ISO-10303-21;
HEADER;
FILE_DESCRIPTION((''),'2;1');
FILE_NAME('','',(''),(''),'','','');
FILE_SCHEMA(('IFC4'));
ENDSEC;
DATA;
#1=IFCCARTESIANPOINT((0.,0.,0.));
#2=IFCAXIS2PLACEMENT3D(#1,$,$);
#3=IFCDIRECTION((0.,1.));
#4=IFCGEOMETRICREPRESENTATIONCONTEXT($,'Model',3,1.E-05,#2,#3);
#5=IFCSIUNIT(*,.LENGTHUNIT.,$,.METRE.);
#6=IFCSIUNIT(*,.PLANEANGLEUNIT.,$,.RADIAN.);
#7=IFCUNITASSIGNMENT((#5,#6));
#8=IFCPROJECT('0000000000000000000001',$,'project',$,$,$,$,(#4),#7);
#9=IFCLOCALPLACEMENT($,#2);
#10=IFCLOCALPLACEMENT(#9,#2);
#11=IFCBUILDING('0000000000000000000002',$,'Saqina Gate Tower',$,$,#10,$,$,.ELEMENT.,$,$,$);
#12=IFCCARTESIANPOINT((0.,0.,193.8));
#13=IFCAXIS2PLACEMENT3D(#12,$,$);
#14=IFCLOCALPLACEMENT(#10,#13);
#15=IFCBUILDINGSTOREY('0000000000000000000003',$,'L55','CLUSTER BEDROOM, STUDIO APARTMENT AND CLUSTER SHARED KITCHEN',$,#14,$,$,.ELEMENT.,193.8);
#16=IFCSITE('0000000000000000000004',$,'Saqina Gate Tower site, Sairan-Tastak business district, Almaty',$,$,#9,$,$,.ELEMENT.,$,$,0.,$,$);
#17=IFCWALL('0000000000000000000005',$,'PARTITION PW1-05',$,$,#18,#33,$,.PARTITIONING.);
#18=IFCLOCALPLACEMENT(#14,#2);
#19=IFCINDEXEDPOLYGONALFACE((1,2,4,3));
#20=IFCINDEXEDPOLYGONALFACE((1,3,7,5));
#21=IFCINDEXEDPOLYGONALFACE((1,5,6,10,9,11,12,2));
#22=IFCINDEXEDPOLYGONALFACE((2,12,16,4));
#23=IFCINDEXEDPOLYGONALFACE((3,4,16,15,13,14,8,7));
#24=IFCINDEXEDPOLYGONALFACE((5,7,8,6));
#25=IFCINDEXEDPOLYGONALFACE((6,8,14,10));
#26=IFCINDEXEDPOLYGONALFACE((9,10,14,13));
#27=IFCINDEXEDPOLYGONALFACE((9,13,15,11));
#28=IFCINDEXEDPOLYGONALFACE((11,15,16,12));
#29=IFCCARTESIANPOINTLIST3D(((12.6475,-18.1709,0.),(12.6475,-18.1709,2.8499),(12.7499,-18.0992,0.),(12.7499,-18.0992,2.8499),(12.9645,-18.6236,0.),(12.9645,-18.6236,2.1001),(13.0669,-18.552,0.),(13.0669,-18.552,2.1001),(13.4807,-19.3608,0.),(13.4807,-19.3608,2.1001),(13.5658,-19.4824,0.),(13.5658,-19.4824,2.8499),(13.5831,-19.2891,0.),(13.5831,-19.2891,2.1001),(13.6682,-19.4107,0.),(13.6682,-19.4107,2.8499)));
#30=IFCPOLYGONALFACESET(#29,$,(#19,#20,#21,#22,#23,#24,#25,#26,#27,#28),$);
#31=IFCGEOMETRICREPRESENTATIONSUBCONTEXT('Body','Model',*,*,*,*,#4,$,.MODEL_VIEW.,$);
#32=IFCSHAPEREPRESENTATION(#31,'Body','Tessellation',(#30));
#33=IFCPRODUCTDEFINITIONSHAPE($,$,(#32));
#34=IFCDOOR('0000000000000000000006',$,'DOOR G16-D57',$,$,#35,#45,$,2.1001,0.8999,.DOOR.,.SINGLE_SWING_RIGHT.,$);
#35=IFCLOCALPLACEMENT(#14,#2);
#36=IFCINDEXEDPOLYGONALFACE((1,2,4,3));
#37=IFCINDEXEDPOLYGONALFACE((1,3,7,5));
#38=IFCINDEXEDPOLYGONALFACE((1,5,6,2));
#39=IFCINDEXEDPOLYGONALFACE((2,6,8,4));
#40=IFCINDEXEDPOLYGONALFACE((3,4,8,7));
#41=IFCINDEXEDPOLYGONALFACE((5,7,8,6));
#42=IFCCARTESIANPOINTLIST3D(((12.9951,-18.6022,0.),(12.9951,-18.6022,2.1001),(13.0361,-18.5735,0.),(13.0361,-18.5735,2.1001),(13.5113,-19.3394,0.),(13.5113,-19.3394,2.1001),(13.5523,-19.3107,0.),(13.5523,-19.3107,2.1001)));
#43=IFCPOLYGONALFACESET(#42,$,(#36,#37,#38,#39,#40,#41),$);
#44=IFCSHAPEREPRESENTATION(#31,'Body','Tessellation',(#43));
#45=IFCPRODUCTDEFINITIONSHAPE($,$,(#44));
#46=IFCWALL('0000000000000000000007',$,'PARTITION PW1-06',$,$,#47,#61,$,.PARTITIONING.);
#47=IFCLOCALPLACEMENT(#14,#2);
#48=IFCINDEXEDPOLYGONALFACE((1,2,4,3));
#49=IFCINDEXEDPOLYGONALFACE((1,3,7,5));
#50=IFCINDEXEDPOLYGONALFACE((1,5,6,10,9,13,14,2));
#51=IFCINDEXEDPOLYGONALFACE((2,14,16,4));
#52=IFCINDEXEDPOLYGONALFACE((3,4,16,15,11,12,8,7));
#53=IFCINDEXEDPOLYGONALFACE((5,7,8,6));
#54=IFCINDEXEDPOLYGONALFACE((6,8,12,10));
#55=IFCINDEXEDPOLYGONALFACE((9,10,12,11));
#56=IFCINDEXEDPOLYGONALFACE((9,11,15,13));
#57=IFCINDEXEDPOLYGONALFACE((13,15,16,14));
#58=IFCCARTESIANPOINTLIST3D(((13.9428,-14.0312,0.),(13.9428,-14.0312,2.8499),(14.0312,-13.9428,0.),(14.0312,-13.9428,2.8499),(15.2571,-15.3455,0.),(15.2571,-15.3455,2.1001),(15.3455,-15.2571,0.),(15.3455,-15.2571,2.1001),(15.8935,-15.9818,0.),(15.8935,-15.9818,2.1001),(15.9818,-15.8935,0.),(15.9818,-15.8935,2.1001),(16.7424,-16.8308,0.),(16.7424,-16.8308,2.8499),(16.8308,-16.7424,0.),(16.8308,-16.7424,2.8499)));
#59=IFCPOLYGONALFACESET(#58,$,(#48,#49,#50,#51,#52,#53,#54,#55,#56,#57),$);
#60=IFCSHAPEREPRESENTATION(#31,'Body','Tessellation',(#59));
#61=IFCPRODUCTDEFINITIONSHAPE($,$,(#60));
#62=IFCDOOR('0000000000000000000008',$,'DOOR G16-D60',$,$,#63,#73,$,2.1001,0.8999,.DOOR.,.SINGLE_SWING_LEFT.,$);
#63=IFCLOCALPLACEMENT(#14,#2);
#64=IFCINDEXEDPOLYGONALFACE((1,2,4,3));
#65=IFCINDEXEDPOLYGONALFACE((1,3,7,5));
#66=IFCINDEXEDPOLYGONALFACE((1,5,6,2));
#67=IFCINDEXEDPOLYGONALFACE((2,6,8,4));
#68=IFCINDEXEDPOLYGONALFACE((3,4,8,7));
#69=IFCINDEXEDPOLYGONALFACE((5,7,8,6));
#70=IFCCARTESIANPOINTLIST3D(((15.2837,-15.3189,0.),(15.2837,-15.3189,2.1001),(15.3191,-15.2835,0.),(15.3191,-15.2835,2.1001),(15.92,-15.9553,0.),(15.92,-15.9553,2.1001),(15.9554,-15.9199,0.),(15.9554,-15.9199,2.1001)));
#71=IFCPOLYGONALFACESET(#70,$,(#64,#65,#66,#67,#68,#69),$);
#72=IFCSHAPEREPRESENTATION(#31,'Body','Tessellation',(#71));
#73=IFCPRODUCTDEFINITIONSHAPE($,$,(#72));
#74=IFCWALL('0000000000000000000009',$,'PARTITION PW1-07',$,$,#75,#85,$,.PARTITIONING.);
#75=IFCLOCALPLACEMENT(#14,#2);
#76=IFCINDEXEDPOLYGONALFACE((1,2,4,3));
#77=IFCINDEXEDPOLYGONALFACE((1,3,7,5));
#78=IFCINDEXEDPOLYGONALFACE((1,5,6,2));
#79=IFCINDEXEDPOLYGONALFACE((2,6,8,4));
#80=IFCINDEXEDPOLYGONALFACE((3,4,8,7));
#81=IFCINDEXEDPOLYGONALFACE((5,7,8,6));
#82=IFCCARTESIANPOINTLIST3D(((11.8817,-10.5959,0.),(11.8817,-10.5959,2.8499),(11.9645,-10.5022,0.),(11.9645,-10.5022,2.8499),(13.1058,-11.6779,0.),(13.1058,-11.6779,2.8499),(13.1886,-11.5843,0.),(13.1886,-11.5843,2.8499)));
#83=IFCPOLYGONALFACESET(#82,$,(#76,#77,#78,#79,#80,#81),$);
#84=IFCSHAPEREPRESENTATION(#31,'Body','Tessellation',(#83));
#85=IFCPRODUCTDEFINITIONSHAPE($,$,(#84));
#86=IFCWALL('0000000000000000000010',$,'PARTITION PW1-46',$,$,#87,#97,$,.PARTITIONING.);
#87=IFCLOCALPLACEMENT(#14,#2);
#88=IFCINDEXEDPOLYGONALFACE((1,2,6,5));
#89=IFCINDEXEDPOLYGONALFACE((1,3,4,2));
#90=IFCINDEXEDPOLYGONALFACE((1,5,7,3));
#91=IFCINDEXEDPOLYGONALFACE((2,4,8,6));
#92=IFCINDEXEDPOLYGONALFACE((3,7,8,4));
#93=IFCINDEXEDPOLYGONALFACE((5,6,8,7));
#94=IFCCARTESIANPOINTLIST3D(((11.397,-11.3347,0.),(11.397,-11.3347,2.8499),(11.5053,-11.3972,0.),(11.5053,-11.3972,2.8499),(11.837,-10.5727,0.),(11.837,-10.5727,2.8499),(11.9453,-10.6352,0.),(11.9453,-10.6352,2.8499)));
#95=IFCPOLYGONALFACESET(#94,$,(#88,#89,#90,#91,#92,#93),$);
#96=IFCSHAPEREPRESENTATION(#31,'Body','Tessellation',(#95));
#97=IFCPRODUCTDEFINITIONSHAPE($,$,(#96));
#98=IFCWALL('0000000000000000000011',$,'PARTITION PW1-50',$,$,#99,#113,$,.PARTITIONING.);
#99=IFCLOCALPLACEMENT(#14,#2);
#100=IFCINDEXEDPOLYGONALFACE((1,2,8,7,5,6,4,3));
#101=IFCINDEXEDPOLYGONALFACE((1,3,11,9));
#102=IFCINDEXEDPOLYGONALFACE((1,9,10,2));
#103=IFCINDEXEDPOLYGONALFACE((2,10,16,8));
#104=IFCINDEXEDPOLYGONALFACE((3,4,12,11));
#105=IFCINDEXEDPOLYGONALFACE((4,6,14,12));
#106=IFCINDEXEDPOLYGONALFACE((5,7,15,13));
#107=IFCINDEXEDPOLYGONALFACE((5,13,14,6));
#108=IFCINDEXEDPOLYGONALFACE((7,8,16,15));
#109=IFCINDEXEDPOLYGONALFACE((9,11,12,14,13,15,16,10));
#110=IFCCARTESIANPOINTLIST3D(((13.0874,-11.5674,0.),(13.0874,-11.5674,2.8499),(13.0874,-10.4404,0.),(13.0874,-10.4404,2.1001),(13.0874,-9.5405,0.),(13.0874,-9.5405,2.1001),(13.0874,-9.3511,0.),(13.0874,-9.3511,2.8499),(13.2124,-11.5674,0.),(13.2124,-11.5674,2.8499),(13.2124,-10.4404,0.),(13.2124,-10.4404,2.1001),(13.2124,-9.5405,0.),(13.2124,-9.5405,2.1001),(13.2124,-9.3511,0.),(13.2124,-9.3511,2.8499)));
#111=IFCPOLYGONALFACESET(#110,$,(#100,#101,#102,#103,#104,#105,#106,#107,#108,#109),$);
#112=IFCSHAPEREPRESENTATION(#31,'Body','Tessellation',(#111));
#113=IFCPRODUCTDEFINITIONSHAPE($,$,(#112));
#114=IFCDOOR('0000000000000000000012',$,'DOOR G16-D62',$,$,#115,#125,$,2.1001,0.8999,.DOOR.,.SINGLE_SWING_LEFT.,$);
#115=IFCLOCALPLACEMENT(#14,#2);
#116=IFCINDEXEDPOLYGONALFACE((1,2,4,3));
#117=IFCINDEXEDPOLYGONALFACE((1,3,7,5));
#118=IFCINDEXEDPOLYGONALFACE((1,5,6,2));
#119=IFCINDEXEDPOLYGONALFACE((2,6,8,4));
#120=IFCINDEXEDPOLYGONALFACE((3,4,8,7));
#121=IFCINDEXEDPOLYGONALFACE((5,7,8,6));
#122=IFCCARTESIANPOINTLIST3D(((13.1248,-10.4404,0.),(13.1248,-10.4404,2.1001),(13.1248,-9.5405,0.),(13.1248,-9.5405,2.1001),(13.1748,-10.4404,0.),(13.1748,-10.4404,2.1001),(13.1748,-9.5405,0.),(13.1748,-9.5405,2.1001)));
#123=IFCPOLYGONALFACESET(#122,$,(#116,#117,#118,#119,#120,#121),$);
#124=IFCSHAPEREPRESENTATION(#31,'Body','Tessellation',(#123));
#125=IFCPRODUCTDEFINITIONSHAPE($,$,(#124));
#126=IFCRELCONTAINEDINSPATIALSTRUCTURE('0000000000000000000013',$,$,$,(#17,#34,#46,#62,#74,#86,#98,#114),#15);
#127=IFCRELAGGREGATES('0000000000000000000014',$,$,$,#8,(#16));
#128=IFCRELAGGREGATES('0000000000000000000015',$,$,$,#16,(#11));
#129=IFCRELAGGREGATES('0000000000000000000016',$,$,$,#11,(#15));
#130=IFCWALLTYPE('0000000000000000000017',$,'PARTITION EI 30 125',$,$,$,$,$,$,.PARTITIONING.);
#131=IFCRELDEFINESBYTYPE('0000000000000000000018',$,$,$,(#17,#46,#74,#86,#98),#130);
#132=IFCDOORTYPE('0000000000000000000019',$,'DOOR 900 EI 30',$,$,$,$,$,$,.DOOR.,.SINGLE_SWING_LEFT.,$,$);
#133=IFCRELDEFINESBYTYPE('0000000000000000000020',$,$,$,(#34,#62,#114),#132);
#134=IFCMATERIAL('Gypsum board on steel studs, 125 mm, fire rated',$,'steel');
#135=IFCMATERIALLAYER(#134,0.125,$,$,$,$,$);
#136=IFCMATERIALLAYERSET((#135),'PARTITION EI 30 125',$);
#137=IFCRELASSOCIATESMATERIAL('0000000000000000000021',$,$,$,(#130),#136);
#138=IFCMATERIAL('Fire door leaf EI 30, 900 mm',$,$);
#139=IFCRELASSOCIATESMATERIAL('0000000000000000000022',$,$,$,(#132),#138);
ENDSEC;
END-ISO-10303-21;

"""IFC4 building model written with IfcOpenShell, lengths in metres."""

from ifc_helpers import new_model, si_unit, direction, frame, frame_2d, origin, place, context, subcontext, project, spatial, rectangle, extrude, material, layer, layer_set, type_object, element, fill, save


model = new_model("IFC4")

# Units and contexts
model_context = context("Model", 3, precision=1e-05, world=origin(), true_north=direction((0.0, 1.0)))
body_context = subcontext(model_context, "Body", "Model", "MODEL_VIEW")
ifc_project = project(units=[si_unit("LENGTHUNIT", "METRE"), si_unit("PLANEANGLEUNIT", "RADIAN")], contexts=[model_context])

# Site, building, storey
site_placement = place(None, origin())
site = spatial("IfcSite", under=ifc_project, at=site_placement, Name="Saqina Gate Tower site, Sairan-Tastak business district, Almaty", CompositionType="ELEMENT", RefElevation=0.0)
building_placement = place(site_placement, origin())
building = spatial("IfcBuilding", under=site, at=building_placement, Name="Saqina Gate Tower", CompositionType="ELEMENT")
storey_placement = place(building_placement, frame((0.0, 0.0, 193.8)))
storey = spatial("IfcBuildingStorey", under=building, at=storey_placement, Name="L55", Description="CLUSTER BEDROOM, STUDIO APARTMENT AND CLUSTER SHARED KITCHEN", CompositionType="ELEMENT", Elevation=193.8)

# Walls, openings, doors
ifc_material_1 = material(Name="Gypsum board on steel studs, 125 mm, fire rated", Category="steel")
ifc_layer_1 = layer(ifc_material_1, 0.125)
ifc_layer_set_1 = layer_set([ifc_layer_1], Name="PARTITION EI 30 125")
wall_type_1 = type_object("IfcWallType", Name="PARTITION EI 30 125", PredefinedType="PARTITIONING", material=ifc_layer_set_1)
wall_1_placement = place(storey_placement, frame((12.6987, -18.135, 0.0), z_axis=(0.0, 0.0, 1.0), x_axis=(0.573524, -0.819189, 0.0)))
wall_1 = element("IfcWall", 1, at=wall_1_placement, inside=storey, type_object=wall_type_1, Name="PARTITION PW1-05", PredefinedType="PARTITIONING", context=body_context, shape_type="SweptSolid", body=[
    extrude(rectangle(XDim=1.6011, YDim=0.125, at=frame_2d((0.8005, 0.0))), origin(), (0.0, 0.0, 1.0), 2.8499),
])
opening_1_placement = place(wall_1_placement, frame((0.5527, 0.0, 0.0)))
opening_1 = element("IfcOpeningElement", 2, at=opening_1_placement, cuts=wall_1, PredefinedType="OPENING", context=body_context, shape_type="SweptSolid", body=[
    extrude(rectangle(XDim=0.8999, YDim=2.1001, at=frame_2d((0.45, 1.05))), frame((0.0, 0.0745, 0.0), z_axis=(0.0, -1.0, 0.0), x_axis=(1.0, 0.0, 0.0)), (0.0, 0.0, 1.0), 0.1489),
])
ifc_material_2 = material(Name="Fire door leaf EI 30, 900 mm")
door_type_1 = type_object("IfcDoorType", Name="DOOR 900 EI 30", OperationType="SINGLE_SWING_LEFT", PredefinedType="DOOR", material=ifc_material_2)
door_1_placement = place(opening_1_placement, origin())
door_1 = element("IfcDoor", 3, at=door_1_placement, inside=storey, type_object=door_type_1, Name="DOOR G16-D57", OperationType="SINGLE_SWING_RIGHT", OverallHeight=2.1001, OverallWidth=0.8999, PredefinedType="DOOR", context=body_context, shape_type="SweptSolid", body=[
    extrude(rectangle(XDim=0.8999, YDim=2.1001, at=frame_2d((0.45, 1.05))), frame((0.0, 0.0249, 0.0), z_axis=(0.0, -1.0, 0.0), x_axis=(1.0, 0.0, 0.0)), (0.0, 0.0, 1.0), 0.05),
])
fill(opening_1, door_1)
wall_2_placement = place(storey_placement, frame((13.9871, -13.9871, 0.0), z_axis=(0.0, 0.0, 1.0), x_axis=(0.707107, -0.707107, 0.0)))
wall_2 = element("IfcWall", 4, at=wall_2_placement, inside=storey, type_object=wall_type_1, Name="PARTITION PW1-06", PredefinedType="PARTITIONING", context=body_context, shape_type="SweptSolid", body=[
    extrude(rectangle(XDim=3.9592, YDim=0.125, at=frame_2d((1.9795, 0.0))), origin(), (0.0, 0.0, 1.0), 2.8499),
])
opening_2_placement = place(wall_2_placement, frame((1.8586, 0.0, 0.0)))
opening_2 = element("IfcOpeningElement", 5, at=opening_2_placement, cuts=wall_2, PredefinedType="OPENING", context=body_context, shape_type="SweptSolid", body=[
    extrude(rectangle(XDim=0.8999, YDim=2.1001, at=frame_2d((0.45, 1.05))), frame((0.0, 0.0745, 0.0), z_axis=(0.0, -1.0, 0.0), x_axis=(1.0, 0.0, 0.0)), (0.0, 0.0, 1.0), 0.1489),
])
door_2_placement = place(opening_2_placement, frame((0.8999, 0.0, 0.0), z_axis=(0.0, 0.0, 1.0), x_axis=(-1.0, 0.0, 0.0)))
door_2 = element("IfcDoor", 6, at=door_2_placement, inside=storey, type_object=door_type_1, Name="DOOR G16-D60", OperationType="SINGLE_SWING_LEFT", OverallHeight=2.1001, OverallWidth=0.8999, PredefinedType="DOOR", context=body_context, shape_type="SweptSolid", body=[
    extrude(rectangle(XDim=0.8999, YDim=2.1001, at=frame_2d((0.45, 1.05))), frame((0.0, 0.0249, 0.0), z_axis=(0.0, -1.0, 0.0), x_axis=(1.0, 0.0, 0.0)), (0.0, 0.0, 1.0), 0.05),
])
fill(opening_2, door_2)

# Walls
wall_3_placement = place(storey_placement, frame((11.9231, -10.5491, 0.0), z_axis=(0.0, 0.0, 1.0), x_axis=(0.749253, -0.662284, 0.0)))
element("IfcWall", 7, at=wall_3_placement, inside=storey, type_object=wall_type_1, Name="PARTITION PW1-07", PredefinedType="PARTITIONING", context=body_context, shape_type="SweptSolid", body=[
    extrude(rectangle(XDim=1.6338, YDim=0.125, at=frame_2d((0.8169, 0.0))), origin(), (0.0, 0.0, 1.0), 2.8499),
])
wall_4_placement = place(storey_placement, frame((11.4512, -11.366, 0.0), z_axis=(0.0, 0.0, 1.0), x_axis=(0.500019, 0.866015, 0.0)))
element("IfcWall", 8, at=wall_4_placement, inside=storey, type_object=wall_type_1, Name="PARTITION PW1-46", PredefinedType="PARTITIONING", context=body_context, shape_type="SweptSolid", body=[
    extrude(rectangle(XDim=0.8799, YDim=0.125, at=frame_2d((0.4399, 0.0))), origin(), (0.0, 0.0, 1.0), 2.8499),
])

# Wall, opening, door
wall_5_placement = place(storey_placement, frame((13.1499, -11.5674, 0.0), z_axis=(0.0, 0.0, 1.0), x_axis=(0.0, 1.0, 0.0)))
wall_5 = element("IfcWall", 9, at=wall_5_placement, inside=storey, type_object=wall_type_1, Name="PARTITION PW1-50", PredefinedType="PARTITIONING", context=body_context, shape_type="SweptSolid", body=[
    extrude(rectangle(XDim=2.2163, YDim=0.125, at=frame_2d((1.1082, 0.0))), origin(), (0.0, 0.0, 1.0), 2.8499),
])
opening_3_placement = place(wall_5_placement, frame((1.127, 0.0, 0.0)))
opening_3 = element("IfcOpeningElement", 10, at=opening_3_placement, cuts=wall_5, PredefinedType="OPENING", context=body_context, shape_type="SweptSolid", body=[
    extrude(rectangle(XDim=0.8999, YDim=2.1001, at=frame_2d((0.45, 1.05))), frame((0.0, 0.0745, 0.0), z_axis=(0.0, -1.0, 0.0), x_axis=(1.0, 0.0, 0.0)), (0.0, 0.0, 1.0), 0.1489),
])
door_3_placement = place(opening_3_placement, frame((0.8999, 0.0, 0.0), z_axis=(0.0, 0.0, 1.0), x_axis=(-1.0, 0.0, 0.0)))
door_3 = element("IfcDoor", 11, at=door_3_placement, inside=storey, type_object=door_type_1, Name="DOOR G16-D62", OperationType="SINGLE_SWING_LEFT", OverallHeight=2.1001, OverallWidth=0.8999, PredefinedType="DOOR", context=body_context, shape_type="SweptSolid", body=[
    extrude(rectangle(XDim=0.8999, YDim=2.1001, at=frame_2d((0.45, 1.05))), frame((0.0, 0.0249, 0.0), z_axis=(0.0, -1.0, 0.0), x_axis=(1.0, 0.0, 0.0)), (0.0, 0.0, 1.0), 0.05),
])
fill(opening_3, door_3)

save(model, "model.ifc")
